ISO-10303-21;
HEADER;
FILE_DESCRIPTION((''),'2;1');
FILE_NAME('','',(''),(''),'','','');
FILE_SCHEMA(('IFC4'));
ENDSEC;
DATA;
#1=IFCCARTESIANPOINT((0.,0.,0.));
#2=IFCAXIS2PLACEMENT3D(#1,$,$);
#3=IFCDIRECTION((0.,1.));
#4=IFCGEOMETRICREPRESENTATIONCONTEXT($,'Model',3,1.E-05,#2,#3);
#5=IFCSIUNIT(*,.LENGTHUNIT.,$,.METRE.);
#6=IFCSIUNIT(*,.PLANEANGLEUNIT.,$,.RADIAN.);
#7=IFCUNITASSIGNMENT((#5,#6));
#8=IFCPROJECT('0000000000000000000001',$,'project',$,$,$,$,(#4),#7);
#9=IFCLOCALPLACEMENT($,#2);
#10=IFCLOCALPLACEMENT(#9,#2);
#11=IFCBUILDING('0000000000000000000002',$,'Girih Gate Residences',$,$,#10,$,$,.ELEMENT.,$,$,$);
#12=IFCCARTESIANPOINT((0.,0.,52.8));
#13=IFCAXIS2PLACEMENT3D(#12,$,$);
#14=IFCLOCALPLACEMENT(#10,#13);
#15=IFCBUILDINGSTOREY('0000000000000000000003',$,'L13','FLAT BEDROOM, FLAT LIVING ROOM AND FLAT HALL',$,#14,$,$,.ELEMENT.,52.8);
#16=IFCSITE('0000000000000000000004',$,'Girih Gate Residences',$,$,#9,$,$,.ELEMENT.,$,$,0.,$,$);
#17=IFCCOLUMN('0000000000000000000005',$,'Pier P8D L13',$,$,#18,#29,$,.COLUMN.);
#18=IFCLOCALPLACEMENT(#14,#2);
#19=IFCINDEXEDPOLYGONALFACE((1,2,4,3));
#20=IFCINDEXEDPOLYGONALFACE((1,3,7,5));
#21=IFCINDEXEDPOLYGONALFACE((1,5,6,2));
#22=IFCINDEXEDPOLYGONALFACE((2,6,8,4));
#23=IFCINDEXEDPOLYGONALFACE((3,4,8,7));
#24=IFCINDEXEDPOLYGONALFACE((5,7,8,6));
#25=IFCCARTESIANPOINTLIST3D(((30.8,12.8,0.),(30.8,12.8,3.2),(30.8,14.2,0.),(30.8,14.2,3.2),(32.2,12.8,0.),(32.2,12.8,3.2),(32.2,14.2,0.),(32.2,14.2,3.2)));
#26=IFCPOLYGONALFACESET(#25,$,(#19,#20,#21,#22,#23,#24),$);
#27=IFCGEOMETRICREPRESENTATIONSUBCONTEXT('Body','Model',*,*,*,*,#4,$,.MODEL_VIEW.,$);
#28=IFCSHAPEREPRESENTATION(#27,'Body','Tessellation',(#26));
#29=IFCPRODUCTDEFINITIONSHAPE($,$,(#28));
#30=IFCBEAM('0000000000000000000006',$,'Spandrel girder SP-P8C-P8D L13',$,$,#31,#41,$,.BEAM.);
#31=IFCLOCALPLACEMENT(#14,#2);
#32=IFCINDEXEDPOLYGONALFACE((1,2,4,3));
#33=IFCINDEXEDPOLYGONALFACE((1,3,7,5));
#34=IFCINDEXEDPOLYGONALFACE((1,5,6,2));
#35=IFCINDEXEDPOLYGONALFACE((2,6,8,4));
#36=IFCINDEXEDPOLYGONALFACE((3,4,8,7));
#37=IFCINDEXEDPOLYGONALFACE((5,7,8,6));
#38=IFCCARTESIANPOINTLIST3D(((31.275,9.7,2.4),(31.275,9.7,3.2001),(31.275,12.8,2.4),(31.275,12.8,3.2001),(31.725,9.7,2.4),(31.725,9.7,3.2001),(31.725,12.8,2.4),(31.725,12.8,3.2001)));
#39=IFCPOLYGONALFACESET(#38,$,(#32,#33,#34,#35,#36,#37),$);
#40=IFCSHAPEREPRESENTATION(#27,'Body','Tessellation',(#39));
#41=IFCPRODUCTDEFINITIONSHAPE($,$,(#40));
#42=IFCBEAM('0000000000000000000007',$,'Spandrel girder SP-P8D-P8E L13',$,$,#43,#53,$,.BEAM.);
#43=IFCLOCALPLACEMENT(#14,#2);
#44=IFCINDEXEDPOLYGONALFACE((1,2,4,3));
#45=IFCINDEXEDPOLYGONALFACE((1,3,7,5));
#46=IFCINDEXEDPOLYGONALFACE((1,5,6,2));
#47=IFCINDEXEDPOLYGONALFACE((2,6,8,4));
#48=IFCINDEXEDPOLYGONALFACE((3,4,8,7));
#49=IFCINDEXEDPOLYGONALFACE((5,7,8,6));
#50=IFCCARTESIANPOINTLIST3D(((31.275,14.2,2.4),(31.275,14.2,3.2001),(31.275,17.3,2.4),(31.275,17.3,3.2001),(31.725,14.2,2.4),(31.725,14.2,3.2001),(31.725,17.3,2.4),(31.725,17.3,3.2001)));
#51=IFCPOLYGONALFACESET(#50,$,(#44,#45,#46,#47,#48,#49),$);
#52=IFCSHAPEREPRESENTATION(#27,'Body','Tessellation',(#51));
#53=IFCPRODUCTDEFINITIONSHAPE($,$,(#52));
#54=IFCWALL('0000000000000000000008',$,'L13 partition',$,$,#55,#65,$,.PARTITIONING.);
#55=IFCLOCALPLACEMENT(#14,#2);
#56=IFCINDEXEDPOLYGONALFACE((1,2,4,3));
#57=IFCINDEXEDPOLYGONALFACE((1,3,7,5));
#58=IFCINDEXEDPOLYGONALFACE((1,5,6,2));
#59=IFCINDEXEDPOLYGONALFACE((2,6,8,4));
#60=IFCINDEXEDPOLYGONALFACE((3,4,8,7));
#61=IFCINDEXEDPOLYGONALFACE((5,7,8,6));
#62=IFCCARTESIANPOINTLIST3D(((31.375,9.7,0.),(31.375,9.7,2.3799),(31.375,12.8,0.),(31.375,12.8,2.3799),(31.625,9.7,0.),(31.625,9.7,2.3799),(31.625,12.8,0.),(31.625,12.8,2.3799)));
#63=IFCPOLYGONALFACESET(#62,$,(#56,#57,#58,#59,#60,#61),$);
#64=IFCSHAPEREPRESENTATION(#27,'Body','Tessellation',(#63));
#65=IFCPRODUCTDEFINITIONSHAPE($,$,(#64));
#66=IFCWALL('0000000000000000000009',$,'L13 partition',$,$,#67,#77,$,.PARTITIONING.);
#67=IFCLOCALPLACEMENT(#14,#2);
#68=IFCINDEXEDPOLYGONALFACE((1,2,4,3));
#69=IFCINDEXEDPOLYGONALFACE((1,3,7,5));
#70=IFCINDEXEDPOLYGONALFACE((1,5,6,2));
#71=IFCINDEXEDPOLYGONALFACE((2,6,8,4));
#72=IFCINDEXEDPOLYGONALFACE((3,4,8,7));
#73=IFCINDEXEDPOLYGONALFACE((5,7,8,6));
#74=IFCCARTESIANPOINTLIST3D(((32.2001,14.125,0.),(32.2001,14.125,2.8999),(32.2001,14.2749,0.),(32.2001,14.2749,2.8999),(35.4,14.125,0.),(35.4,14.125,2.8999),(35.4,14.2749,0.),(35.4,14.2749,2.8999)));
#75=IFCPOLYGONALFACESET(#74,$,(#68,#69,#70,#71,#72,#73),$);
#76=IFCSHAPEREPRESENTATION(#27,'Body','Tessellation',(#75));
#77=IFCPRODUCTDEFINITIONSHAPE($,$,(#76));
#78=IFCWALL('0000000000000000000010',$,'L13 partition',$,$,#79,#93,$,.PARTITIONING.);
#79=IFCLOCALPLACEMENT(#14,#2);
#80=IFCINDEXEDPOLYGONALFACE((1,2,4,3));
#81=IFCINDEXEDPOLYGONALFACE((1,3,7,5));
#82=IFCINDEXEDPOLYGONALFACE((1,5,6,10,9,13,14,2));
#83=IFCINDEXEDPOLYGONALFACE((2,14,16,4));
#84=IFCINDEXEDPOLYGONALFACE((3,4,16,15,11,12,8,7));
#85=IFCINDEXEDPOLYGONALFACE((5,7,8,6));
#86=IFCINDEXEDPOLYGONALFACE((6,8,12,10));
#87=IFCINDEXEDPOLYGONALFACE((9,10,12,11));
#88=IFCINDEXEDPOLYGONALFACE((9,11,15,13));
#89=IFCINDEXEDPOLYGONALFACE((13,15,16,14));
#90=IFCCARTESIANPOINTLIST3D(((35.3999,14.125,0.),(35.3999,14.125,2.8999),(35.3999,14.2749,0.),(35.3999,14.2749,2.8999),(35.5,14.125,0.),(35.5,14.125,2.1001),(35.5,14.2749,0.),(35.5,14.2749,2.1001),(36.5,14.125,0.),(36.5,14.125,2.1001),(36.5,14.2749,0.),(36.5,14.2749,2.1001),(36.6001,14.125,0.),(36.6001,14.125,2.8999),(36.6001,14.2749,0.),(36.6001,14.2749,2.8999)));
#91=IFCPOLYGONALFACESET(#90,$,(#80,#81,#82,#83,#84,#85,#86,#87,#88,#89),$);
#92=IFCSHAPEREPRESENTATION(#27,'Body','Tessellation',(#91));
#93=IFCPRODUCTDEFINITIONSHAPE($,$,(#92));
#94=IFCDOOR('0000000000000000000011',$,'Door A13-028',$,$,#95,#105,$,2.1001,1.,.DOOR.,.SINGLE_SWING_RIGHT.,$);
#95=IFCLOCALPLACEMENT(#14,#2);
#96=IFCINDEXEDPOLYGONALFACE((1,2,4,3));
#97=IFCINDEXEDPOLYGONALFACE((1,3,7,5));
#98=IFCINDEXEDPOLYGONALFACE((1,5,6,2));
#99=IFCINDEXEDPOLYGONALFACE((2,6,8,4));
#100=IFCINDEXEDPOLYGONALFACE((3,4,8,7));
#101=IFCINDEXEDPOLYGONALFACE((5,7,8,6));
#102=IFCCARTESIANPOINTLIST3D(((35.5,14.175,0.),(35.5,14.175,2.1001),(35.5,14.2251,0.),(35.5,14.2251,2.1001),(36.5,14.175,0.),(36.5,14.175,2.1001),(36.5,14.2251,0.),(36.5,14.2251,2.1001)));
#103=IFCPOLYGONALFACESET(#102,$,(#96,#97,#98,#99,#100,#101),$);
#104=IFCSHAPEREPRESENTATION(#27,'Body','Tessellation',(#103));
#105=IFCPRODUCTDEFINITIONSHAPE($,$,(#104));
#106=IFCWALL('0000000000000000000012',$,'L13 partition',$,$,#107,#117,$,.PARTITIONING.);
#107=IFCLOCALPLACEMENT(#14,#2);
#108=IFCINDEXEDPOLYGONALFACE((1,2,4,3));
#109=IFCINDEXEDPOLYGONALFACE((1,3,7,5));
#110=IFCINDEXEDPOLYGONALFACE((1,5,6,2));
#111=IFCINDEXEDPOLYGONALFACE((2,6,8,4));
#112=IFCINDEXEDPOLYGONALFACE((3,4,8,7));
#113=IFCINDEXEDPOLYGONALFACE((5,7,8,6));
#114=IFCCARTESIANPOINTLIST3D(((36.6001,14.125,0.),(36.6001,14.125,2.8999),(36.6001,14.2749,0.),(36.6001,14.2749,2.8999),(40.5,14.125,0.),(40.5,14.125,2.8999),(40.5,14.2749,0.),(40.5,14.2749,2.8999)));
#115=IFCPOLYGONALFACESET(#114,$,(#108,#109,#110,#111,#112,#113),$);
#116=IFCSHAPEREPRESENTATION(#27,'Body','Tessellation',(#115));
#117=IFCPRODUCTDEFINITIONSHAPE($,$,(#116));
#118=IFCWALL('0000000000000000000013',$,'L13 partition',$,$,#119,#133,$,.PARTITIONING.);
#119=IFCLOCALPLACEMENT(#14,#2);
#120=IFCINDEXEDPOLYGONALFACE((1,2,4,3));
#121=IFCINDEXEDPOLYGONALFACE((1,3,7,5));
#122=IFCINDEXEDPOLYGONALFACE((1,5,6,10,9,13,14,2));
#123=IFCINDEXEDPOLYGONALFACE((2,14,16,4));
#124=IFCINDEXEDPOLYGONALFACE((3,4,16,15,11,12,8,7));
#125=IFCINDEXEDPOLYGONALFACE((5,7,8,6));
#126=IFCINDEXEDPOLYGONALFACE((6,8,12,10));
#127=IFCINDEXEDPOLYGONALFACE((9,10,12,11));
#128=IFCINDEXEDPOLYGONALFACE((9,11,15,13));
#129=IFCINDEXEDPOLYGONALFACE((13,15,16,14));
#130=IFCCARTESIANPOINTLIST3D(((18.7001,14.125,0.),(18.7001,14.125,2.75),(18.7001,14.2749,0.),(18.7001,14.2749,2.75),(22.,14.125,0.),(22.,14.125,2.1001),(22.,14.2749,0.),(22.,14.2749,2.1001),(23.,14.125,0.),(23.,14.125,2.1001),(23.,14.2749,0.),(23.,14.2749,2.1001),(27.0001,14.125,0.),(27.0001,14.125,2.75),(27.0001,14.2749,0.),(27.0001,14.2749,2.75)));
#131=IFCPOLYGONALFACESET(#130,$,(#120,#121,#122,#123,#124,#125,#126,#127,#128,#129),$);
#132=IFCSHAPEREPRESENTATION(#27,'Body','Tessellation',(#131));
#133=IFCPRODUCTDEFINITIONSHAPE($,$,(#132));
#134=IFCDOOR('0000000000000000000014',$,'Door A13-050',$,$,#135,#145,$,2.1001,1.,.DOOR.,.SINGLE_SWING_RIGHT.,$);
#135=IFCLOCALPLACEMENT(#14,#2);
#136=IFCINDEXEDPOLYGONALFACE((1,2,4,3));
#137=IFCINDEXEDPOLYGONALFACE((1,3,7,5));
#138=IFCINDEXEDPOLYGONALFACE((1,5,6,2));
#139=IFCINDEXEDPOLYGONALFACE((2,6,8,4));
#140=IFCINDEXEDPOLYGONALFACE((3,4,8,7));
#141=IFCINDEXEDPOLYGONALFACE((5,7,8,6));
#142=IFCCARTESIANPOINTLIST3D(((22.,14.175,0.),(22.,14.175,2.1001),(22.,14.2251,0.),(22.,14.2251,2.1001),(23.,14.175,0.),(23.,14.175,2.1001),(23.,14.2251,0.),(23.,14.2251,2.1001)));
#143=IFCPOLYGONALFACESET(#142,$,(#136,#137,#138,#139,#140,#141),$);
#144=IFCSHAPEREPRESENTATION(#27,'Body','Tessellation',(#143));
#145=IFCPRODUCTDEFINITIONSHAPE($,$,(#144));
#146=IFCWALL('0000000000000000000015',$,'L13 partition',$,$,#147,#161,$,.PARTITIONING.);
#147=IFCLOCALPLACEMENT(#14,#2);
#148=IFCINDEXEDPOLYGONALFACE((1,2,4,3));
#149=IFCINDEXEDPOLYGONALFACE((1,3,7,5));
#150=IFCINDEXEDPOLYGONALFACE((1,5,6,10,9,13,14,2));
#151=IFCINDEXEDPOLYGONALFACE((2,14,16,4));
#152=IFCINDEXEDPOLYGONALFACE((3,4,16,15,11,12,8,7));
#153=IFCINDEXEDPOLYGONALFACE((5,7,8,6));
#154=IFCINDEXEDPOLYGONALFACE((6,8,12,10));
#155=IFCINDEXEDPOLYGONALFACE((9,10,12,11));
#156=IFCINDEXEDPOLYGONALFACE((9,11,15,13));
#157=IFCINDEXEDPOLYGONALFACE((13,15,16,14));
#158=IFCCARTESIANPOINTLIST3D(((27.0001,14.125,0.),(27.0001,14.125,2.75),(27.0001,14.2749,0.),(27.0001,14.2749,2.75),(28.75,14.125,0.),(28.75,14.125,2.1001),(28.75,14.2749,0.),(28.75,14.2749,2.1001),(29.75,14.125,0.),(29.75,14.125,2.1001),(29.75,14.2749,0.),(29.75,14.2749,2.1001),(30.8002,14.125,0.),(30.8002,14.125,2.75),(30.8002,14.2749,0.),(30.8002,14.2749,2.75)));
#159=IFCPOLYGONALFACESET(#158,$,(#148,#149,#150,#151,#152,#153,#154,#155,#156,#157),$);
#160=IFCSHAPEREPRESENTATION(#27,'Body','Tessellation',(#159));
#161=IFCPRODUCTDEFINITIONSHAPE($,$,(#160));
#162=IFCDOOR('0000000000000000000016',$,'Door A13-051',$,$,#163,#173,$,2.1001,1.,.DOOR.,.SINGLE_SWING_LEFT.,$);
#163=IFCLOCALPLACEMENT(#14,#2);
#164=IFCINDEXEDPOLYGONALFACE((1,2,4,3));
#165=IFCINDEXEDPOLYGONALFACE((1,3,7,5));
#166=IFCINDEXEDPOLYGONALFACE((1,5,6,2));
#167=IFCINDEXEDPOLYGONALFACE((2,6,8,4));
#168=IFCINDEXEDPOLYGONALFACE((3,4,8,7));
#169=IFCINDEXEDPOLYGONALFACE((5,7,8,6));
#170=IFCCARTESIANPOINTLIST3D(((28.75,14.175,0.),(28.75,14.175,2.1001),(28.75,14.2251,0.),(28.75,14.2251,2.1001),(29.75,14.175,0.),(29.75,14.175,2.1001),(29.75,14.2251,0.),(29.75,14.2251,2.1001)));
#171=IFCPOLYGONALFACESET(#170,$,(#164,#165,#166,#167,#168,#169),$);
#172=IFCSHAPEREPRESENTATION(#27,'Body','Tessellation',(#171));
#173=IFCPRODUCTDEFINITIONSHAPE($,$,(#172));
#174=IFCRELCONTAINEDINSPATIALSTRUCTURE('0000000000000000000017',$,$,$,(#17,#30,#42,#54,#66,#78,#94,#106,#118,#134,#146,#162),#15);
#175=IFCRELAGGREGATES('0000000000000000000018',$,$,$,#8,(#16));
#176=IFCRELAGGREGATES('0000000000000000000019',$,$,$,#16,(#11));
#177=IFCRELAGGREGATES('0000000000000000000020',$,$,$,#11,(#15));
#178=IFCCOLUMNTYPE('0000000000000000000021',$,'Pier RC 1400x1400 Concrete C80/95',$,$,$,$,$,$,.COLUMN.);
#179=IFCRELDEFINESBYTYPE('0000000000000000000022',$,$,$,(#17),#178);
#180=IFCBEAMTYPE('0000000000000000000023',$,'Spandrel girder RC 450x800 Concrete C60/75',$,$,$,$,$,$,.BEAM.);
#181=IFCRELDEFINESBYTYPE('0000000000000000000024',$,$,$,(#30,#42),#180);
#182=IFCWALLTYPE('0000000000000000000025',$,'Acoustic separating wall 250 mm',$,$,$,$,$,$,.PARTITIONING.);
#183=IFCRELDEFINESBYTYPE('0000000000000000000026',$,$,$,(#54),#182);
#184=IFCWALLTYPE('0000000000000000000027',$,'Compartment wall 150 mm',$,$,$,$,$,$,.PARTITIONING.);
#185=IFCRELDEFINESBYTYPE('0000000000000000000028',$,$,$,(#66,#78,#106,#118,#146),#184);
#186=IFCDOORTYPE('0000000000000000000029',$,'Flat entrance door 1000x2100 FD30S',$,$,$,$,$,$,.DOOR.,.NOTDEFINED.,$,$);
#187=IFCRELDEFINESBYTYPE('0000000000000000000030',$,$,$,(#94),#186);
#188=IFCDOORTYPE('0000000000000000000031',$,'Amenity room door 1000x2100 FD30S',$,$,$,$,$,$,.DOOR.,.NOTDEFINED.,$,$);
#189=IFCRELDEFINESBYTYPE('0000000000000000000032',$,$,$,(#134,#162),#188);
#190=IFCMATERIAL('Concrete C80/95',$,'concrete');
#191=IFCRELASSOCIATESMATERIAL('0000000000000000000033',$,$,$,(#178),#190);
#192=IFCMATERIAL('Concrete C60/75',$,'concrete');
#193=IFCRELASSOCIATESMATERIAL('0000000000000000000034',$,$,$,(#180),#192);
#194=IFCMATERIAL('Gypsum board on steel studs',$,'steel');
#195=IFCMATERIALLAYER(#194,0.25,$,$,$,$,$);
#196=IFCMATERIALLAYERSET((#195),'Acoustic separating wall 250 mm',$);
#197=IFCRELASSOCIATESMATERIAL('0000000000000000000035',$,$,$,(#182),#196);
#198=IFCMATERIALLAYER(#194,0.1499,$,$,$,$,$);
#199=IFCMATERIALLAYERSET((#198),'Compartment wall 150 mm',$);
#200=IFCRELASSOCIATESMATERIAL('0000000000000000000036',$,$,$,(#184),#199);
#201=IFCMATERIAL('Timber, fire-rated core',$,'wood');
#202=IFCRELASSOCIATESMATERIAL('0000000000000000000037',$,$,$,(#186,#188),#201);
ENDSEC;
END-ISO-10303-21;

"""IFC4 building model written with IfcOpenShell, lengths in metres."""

from ifc_helpers import new_model, si_unit, direction, frame, frame_2d, origin, origin_2d, place, context, subcontext, project, spatial, rectangle, extrude, material, layer, layer_set, material_profile, profile_set, type_object, element, fill, save


model = new_model("IFC4")

# Units and contexts
model_context = context("Model", 3, precision=1e-05, world=origin(), true_north=direction((0.0, 1.0)))
body_context = subcontext(model_context, "Body", "Model", "MODEL_VIEW")
ifc_project = project(units=[si_unit("LENGTHUNIT", "METRE"), si_unit("PLANEANGLEUNIT", "RADIAN")], contexts=[model_context])

# Site, building, storey
site_placement = place(None, origin())
site = spatial("IfcSite", under=ifc_project, at=site_placement, Name="Girih Gate Residences", CompositionType="ELEMENT", RefElevation=0.0)
building_placement = place(site_placement, origin())
building = spatial("IfcBuilding", under=site, at=building_placement, Name="Girih Gate Residences", CompositionType="ELEMENT")
storey_placement = place(building_placement, frame((0.0, 0.0, 52.8)))
storey = spatial("IfcBuildingStorey", under=building, at=storey_placement, Name="L13", Description="FLAT BEDROOM, FLAT LIVING ROOM AND FLAT HALL", CompositionType="ELEMENT", Elevation=52.8)

# Column
ifc_material_1 = material(Name="Concrete C80/95", Category="concrete")
ifc_material_profile_1 = material_profile(ifc_material_1, rectangle(XDim=1.3999, YDim=1.3999, at=origin_2d()))
ifc_profile_set_1 = profile_set([ifc_material_profile_1], Name="Concrete C80/95")
column_type = type_object("IfcColumnType", Name="Pier RC 1400x1400 Concrete C80/95", PredefinedType="COLUMN", material=ifc_profile_set_1)
column_placement = place(storey_placement, frame((31.5, 13.5, 0.0), z_axis=(0.0, 0.0, 1.0), x_axis=(1.0, 0.0, 0.0)))
element("IfcColumn", 1, at=column_placement, inside=storey, type_object=column_type, Name="Pier P8D L13", PredefinedType="COLUMN", context=body_context, shape_type="SweptSolid", body=[
    extrude(rectangle(XDim=1.3999, YDim=1.3999, at=origin_2d()), origin(), (0.0, 0.0, 1.0), 3.2),
])

# Beams
ifc_material_2 = material(Name="Concrete C60/75", Category="concrete")
ifc_material_profile_2 = material_profile(ifc_material_2, rectangle(XDim=0.45, YDim=0.8, at=origin_2d()))
ifc_profile_set_2 = profile_set([ifc_material_profile_2], Name="Concrete C60/75")
beam_type = type_object("IfcBeamType", Name="Spandrel girder RC 450x800 Concrete C60/75", PredefinedType="BEAM", material=ifc_profile_set_2)
for number, where, z_axis, x_axis, name in (
    (2, (31.5, 9.7, 2.8), (0.0, 1.0, 0.0), (-1.0, 0.0, 0.0), "Spandrel girder SP-P8C-P8D L13"),
    (3, (31.5, 14.2, 2.8), (0.0, 1.0, 0.0), (-1.0, 0.0, 0.0), "Spandrel girder SP-P8D-P8E L13"),
):
    element("IfcBeam", number, at=place(storey_placement, frame(where, z_axis=z_axis, x_axis=x_axis)), inside=storey, type_object=beam_type, Name=name, PredefinedType="BEAM", context=body_context, shape_type="SweptSolid", body=[
        extrude(rectangle(XDim=0.45, YDim=0.8, at=origin_2d()), origin(), (0.0, 0.0, 1.0), 3.1001),
    ])

# Walls
ifc_material_3 = material(Name="Gypsum board on steel studs", Category="steel")
ifc_layer_1 = layer(ifc_material_3, 0.25)
ifc_layer_set_1 = layer_set([ifc_layer_1], Name="Acoustic separating wall 250 mm")
wall_type_1 = type_object("IfcWallType", Name="Acoustic separating wall 250 mm", PredefinedType="PARTITIONING", material=ifc_layer_set_1)
wall_1_placement = place(storey_placement, frame((31.5, 9.7, 0.0), z_axis=(0.0, 0.0, 1.0), x_axis=(0.0, 1.0, 0.0)))
element("IfcWall", 4, at=wall_1_placement, inside=storey, type_object=wall_type_1, Name="L13 partition", PredefinedType="PARTITIONING", context=body_context, shape_type="SweptSolid", body=[
    extrude(rectangle(XDim=3.1001, YDim=0.25, at=frame_2d((1.55, 0.0))), origin(), (0.0, 0.0, 1.0), 2.3799),
])
ifc_layer_2 = layer(ifc_material_3, 0.1499)
ifc_layer_set_2 = layer_set([ifc_layer_2], Name="Compartment wall 150 mm")
wall_type_2 = type_object("IfcWallType", Name="Compartment wall 150 mm", PredefinedType="PARTITIONING", material=ifc_layer_set_2)
wall_2_placement = place(storey_placement, frame((32.2, 14.2, 0.0), z_axis=(0.0, 0.0, 1.0), x_axis=(1.0, 0.0, 0.0)))
element("IfcWall", 5, at=wall_2_placement, inside=storey, type_object=wall_type_2, Name="L13 partition", PredefinedType="PARTITIONING", context=body_context, shape_type="SweptSolid", body=[
    extrude(rectangle(XDim=3.2, YDim=0.1499, at=frame_2d((1.6001, 0.0))), origin(), (0.0, 0.0, 1.0), 2.8999),
])

# Wall, opening, door
wall_3_placement = place(storey_placement, frame((36.6001, 14.2, 0.0), z_axis=(0.0, 0.0, 1.0), x_axis=(-1.0, 0.0, 0.0)))
wall_3 = element("IfcWall", 6, at=wall_3_placement, inside=storey, type_object=wall_type_2, Name="L13 partition", PredefinedType="PARTITIONING", context=body_context, shape_type="SweptSolid", body=[
    extrude(rectangle(XDim=1.2002, YDim=0.1499, at=frame_2d((0.6001, 0.0))), origin(), (0.0, 0.0, 1.0), 2.8999),
])
opening_1_placement = place(wall_3_placement, frame((0.1001, 0.0, 0.0)))
opening_1 = element("IfcOpeningElement", 7, at=opening_1_placement, cuts=wall_3, PredefinedType="OPENING", context=body_context, shape_type="SweptSolid", body=[
    extrude(rectangle(XDim=1.0, YDim=2.1001, at=frame_2d((0.5, 1.05))), frame((0.0, 0.085, 0.0), z_axis=(0.0, -1.0, 0.0), x_axis=(1.0, 0.0, 0.0)), (0.0, 0.0, 1.0), 0.1699),
])
ifc_material_4 = material(Name="Timber, fire-rated core", Category="wood")
door_type_1 = type_object("IfcDoorType", Name="Flat entrance door 1000x2100 FD30S", OperationType="NOTDEFINED", PredefinedType="DOOR", material=ifc_material_4)
door_1_placement = place(opening_1_placement, origin())
door_1 = element("IfcDoor", 8, at=door_1_placement, inside=storey, type_object=door_type_1, Name="Door A13-028", OperationType="SINGLE_SWING_RIGHT", OverallHeight=2.1001, OverallWidth=1.0, PredefinedType="DOOR", context=body_context, shape_type="SweptSolid", body=[
    extrude(rectangle(XDim=1.0, YDim=2.1001, at=frame_2d((0.5, 1.05))), frame((0.0, 0.0249, 0.0), z_axis=(0.0, -1.0, 0.0), x_axis=(1.0, 0.0, 0.0)), (0.0, 0.0, 1.0), 0.05),
])
fill(opening_1, door_1)

# Wall
wall_4_placement = place(storey_placement, frame((36.6001, 14.2, 0.0), z_axis=(0.0, 0.0, 1.0), x_axis=(1.0, 0.0, 0.0)))
element("IfcWall", 9, at=wall_4_placement, inside=storey, type_object=wall_type_2, Name="L13 partition", PredefinedType="PARTITIONING", context=body_context, shape_type="SweptSolid", body=[
    extrude(rectangle(XDim=3.8999, YDim=0.1499, at=frame_2d((1.95, 0.0))), origin(), (0.0, 0.0, 1.0), 2.8999),
])

# Walls, openings, doors
wall_5_placement = place(storey_placement, frame((27.0, 14.2, 0.0), z_axis=(0.0, 0.0, 1.0), x_axis=(-1.0, 0.0, 0.0)))
wall_5 = element("IfcWall", 10, at=wall_5_placement, inside=storey, type_object=wall_type_2, Name="L13 partition", PredefinedType="PARTITIONING", context=body_context, shape_type="SweptSolid", body=[
    extrude(rectangle(XDim=8.3, YDim=0.1499, at=frame_2d((4.1499, 0.0))), origin(), (0.0, 0.0, 1.0), 2.75),
])
opening_2_placement = place(wall_5_placement, frame((4.0, 0.0, 0.0)))
opening_2 = element("IfcOpeningElement", 11, at=opening_2_placement, cuts=wall_5, PredefinedType="OPENING", context=body_context, shape_type="SweptSolid", body=[
    extrude(rectangle(XDim=1.0, YDim=2.1001, at=frame_2d((0.5, 1.05))), frame((0.0, 0.085, 0.0), z_axis=(0.0, -1.0, 0.0), x_axis=(1.0, 0.0, 0.0)), (0.0, 0.0, 1.0), 0.1699),
])
door_type_2 = type_object("IfcDoorType", Name="Amenity room door 1000x2100 FD30S", OperationType="NOTDEFINED", PredefinedType="DOOR", material=ifc_material_4)
door_2_placement = place(opening_2_placement, origin())
door_2 = element("IfcDoor", 12, at=door_2_placement, inside=storey, type_object=door_type_2, Name="Door A13-050", OperationType="SINGLE_SWING_RIGHT", OverallHeight=2.1001, OverallWidth=1.0, PredefinedType="DOOR", context=body_context, shape_type="SweptSolid", body=[
    extrude(rectangle(XDim=1.0, YDim=2.1001, at=frame_2d((0.5, 1.05))), frame((0.0, 0.0249, 0.0), z_axis=(0.0, -1.0, 0.0), x_axis=(1.0, 0.0, 0.0)), (0.0, 0.0, 1.0), 0.05),
])
fill(opening_2, door_2)
wall_6_placement = place(storey_placement, frame((30.8, 14.2, 0.0), z_axis=(0.0, 0.0, 1.0), x_axis=(-1.0, 0.0, 0.0)))
wall_6 = element("IfcWall", 13, at=wall_6_placement, inside=storey, type_object=wall_type_2, Name="L13 partition", PredefinedType="PARTITIONING", context=body_context, shape_type="SweptSolid", body=[
    extrude(rectangle(XDim=3.8, YDim=0.1499, at=frame_2d((1.8999, 0.0))), origin(), (0.0, 0.0, 1.0), 2.75),
])
opening_3_placement = place(wall_6_placement, frame((1.05, 0.0, 0.0)))
opening_3 = element("IfcOpeningElement", 14, at=opening_3_placement, cuts=wall_6, PredefinedType="OPENING", context=body_context, shape_type="SweptSolid", body=[
    extrude(rectangle(XDim=1.0, YDim=2.1001, at=frame_2d((0.5, 1.05))), frame((0.0, 0.085, 0.0), z_axis=(0.0, -1.0, 0.0), x_axis=(1.0, 0.0, 0.0)), (0.0, 0.0, 1.0), 0.1699),
])
door_3_placement = place(opening_3_placement, origin())
door_3 = element("IfcDoor", 15, at=door_3_placement, inside=storey, type_object=door_type_2, Name="Door A13-051", OperationType="SINGLE_SWING_LEFT", OverallHeight=2.1001, OverallWidth=1.0, PredefinedType="DOOR", context=body_context, shape_type="SweptSolid", body=[
    extrude(rectangle(XDim=1.0, YDim=2.1001, at=frame_2d((0.5, 1.05))), frame((0.0, 0.0249, 0.0), z_axis=(0.0, -1.0, 0.0), x_axis=(1.0, 0.0, 0.0)), (0.0, 0.0, 1.0), 0.05),
])
fill(opening_3, door_3)

save(model, "model.ifc")
